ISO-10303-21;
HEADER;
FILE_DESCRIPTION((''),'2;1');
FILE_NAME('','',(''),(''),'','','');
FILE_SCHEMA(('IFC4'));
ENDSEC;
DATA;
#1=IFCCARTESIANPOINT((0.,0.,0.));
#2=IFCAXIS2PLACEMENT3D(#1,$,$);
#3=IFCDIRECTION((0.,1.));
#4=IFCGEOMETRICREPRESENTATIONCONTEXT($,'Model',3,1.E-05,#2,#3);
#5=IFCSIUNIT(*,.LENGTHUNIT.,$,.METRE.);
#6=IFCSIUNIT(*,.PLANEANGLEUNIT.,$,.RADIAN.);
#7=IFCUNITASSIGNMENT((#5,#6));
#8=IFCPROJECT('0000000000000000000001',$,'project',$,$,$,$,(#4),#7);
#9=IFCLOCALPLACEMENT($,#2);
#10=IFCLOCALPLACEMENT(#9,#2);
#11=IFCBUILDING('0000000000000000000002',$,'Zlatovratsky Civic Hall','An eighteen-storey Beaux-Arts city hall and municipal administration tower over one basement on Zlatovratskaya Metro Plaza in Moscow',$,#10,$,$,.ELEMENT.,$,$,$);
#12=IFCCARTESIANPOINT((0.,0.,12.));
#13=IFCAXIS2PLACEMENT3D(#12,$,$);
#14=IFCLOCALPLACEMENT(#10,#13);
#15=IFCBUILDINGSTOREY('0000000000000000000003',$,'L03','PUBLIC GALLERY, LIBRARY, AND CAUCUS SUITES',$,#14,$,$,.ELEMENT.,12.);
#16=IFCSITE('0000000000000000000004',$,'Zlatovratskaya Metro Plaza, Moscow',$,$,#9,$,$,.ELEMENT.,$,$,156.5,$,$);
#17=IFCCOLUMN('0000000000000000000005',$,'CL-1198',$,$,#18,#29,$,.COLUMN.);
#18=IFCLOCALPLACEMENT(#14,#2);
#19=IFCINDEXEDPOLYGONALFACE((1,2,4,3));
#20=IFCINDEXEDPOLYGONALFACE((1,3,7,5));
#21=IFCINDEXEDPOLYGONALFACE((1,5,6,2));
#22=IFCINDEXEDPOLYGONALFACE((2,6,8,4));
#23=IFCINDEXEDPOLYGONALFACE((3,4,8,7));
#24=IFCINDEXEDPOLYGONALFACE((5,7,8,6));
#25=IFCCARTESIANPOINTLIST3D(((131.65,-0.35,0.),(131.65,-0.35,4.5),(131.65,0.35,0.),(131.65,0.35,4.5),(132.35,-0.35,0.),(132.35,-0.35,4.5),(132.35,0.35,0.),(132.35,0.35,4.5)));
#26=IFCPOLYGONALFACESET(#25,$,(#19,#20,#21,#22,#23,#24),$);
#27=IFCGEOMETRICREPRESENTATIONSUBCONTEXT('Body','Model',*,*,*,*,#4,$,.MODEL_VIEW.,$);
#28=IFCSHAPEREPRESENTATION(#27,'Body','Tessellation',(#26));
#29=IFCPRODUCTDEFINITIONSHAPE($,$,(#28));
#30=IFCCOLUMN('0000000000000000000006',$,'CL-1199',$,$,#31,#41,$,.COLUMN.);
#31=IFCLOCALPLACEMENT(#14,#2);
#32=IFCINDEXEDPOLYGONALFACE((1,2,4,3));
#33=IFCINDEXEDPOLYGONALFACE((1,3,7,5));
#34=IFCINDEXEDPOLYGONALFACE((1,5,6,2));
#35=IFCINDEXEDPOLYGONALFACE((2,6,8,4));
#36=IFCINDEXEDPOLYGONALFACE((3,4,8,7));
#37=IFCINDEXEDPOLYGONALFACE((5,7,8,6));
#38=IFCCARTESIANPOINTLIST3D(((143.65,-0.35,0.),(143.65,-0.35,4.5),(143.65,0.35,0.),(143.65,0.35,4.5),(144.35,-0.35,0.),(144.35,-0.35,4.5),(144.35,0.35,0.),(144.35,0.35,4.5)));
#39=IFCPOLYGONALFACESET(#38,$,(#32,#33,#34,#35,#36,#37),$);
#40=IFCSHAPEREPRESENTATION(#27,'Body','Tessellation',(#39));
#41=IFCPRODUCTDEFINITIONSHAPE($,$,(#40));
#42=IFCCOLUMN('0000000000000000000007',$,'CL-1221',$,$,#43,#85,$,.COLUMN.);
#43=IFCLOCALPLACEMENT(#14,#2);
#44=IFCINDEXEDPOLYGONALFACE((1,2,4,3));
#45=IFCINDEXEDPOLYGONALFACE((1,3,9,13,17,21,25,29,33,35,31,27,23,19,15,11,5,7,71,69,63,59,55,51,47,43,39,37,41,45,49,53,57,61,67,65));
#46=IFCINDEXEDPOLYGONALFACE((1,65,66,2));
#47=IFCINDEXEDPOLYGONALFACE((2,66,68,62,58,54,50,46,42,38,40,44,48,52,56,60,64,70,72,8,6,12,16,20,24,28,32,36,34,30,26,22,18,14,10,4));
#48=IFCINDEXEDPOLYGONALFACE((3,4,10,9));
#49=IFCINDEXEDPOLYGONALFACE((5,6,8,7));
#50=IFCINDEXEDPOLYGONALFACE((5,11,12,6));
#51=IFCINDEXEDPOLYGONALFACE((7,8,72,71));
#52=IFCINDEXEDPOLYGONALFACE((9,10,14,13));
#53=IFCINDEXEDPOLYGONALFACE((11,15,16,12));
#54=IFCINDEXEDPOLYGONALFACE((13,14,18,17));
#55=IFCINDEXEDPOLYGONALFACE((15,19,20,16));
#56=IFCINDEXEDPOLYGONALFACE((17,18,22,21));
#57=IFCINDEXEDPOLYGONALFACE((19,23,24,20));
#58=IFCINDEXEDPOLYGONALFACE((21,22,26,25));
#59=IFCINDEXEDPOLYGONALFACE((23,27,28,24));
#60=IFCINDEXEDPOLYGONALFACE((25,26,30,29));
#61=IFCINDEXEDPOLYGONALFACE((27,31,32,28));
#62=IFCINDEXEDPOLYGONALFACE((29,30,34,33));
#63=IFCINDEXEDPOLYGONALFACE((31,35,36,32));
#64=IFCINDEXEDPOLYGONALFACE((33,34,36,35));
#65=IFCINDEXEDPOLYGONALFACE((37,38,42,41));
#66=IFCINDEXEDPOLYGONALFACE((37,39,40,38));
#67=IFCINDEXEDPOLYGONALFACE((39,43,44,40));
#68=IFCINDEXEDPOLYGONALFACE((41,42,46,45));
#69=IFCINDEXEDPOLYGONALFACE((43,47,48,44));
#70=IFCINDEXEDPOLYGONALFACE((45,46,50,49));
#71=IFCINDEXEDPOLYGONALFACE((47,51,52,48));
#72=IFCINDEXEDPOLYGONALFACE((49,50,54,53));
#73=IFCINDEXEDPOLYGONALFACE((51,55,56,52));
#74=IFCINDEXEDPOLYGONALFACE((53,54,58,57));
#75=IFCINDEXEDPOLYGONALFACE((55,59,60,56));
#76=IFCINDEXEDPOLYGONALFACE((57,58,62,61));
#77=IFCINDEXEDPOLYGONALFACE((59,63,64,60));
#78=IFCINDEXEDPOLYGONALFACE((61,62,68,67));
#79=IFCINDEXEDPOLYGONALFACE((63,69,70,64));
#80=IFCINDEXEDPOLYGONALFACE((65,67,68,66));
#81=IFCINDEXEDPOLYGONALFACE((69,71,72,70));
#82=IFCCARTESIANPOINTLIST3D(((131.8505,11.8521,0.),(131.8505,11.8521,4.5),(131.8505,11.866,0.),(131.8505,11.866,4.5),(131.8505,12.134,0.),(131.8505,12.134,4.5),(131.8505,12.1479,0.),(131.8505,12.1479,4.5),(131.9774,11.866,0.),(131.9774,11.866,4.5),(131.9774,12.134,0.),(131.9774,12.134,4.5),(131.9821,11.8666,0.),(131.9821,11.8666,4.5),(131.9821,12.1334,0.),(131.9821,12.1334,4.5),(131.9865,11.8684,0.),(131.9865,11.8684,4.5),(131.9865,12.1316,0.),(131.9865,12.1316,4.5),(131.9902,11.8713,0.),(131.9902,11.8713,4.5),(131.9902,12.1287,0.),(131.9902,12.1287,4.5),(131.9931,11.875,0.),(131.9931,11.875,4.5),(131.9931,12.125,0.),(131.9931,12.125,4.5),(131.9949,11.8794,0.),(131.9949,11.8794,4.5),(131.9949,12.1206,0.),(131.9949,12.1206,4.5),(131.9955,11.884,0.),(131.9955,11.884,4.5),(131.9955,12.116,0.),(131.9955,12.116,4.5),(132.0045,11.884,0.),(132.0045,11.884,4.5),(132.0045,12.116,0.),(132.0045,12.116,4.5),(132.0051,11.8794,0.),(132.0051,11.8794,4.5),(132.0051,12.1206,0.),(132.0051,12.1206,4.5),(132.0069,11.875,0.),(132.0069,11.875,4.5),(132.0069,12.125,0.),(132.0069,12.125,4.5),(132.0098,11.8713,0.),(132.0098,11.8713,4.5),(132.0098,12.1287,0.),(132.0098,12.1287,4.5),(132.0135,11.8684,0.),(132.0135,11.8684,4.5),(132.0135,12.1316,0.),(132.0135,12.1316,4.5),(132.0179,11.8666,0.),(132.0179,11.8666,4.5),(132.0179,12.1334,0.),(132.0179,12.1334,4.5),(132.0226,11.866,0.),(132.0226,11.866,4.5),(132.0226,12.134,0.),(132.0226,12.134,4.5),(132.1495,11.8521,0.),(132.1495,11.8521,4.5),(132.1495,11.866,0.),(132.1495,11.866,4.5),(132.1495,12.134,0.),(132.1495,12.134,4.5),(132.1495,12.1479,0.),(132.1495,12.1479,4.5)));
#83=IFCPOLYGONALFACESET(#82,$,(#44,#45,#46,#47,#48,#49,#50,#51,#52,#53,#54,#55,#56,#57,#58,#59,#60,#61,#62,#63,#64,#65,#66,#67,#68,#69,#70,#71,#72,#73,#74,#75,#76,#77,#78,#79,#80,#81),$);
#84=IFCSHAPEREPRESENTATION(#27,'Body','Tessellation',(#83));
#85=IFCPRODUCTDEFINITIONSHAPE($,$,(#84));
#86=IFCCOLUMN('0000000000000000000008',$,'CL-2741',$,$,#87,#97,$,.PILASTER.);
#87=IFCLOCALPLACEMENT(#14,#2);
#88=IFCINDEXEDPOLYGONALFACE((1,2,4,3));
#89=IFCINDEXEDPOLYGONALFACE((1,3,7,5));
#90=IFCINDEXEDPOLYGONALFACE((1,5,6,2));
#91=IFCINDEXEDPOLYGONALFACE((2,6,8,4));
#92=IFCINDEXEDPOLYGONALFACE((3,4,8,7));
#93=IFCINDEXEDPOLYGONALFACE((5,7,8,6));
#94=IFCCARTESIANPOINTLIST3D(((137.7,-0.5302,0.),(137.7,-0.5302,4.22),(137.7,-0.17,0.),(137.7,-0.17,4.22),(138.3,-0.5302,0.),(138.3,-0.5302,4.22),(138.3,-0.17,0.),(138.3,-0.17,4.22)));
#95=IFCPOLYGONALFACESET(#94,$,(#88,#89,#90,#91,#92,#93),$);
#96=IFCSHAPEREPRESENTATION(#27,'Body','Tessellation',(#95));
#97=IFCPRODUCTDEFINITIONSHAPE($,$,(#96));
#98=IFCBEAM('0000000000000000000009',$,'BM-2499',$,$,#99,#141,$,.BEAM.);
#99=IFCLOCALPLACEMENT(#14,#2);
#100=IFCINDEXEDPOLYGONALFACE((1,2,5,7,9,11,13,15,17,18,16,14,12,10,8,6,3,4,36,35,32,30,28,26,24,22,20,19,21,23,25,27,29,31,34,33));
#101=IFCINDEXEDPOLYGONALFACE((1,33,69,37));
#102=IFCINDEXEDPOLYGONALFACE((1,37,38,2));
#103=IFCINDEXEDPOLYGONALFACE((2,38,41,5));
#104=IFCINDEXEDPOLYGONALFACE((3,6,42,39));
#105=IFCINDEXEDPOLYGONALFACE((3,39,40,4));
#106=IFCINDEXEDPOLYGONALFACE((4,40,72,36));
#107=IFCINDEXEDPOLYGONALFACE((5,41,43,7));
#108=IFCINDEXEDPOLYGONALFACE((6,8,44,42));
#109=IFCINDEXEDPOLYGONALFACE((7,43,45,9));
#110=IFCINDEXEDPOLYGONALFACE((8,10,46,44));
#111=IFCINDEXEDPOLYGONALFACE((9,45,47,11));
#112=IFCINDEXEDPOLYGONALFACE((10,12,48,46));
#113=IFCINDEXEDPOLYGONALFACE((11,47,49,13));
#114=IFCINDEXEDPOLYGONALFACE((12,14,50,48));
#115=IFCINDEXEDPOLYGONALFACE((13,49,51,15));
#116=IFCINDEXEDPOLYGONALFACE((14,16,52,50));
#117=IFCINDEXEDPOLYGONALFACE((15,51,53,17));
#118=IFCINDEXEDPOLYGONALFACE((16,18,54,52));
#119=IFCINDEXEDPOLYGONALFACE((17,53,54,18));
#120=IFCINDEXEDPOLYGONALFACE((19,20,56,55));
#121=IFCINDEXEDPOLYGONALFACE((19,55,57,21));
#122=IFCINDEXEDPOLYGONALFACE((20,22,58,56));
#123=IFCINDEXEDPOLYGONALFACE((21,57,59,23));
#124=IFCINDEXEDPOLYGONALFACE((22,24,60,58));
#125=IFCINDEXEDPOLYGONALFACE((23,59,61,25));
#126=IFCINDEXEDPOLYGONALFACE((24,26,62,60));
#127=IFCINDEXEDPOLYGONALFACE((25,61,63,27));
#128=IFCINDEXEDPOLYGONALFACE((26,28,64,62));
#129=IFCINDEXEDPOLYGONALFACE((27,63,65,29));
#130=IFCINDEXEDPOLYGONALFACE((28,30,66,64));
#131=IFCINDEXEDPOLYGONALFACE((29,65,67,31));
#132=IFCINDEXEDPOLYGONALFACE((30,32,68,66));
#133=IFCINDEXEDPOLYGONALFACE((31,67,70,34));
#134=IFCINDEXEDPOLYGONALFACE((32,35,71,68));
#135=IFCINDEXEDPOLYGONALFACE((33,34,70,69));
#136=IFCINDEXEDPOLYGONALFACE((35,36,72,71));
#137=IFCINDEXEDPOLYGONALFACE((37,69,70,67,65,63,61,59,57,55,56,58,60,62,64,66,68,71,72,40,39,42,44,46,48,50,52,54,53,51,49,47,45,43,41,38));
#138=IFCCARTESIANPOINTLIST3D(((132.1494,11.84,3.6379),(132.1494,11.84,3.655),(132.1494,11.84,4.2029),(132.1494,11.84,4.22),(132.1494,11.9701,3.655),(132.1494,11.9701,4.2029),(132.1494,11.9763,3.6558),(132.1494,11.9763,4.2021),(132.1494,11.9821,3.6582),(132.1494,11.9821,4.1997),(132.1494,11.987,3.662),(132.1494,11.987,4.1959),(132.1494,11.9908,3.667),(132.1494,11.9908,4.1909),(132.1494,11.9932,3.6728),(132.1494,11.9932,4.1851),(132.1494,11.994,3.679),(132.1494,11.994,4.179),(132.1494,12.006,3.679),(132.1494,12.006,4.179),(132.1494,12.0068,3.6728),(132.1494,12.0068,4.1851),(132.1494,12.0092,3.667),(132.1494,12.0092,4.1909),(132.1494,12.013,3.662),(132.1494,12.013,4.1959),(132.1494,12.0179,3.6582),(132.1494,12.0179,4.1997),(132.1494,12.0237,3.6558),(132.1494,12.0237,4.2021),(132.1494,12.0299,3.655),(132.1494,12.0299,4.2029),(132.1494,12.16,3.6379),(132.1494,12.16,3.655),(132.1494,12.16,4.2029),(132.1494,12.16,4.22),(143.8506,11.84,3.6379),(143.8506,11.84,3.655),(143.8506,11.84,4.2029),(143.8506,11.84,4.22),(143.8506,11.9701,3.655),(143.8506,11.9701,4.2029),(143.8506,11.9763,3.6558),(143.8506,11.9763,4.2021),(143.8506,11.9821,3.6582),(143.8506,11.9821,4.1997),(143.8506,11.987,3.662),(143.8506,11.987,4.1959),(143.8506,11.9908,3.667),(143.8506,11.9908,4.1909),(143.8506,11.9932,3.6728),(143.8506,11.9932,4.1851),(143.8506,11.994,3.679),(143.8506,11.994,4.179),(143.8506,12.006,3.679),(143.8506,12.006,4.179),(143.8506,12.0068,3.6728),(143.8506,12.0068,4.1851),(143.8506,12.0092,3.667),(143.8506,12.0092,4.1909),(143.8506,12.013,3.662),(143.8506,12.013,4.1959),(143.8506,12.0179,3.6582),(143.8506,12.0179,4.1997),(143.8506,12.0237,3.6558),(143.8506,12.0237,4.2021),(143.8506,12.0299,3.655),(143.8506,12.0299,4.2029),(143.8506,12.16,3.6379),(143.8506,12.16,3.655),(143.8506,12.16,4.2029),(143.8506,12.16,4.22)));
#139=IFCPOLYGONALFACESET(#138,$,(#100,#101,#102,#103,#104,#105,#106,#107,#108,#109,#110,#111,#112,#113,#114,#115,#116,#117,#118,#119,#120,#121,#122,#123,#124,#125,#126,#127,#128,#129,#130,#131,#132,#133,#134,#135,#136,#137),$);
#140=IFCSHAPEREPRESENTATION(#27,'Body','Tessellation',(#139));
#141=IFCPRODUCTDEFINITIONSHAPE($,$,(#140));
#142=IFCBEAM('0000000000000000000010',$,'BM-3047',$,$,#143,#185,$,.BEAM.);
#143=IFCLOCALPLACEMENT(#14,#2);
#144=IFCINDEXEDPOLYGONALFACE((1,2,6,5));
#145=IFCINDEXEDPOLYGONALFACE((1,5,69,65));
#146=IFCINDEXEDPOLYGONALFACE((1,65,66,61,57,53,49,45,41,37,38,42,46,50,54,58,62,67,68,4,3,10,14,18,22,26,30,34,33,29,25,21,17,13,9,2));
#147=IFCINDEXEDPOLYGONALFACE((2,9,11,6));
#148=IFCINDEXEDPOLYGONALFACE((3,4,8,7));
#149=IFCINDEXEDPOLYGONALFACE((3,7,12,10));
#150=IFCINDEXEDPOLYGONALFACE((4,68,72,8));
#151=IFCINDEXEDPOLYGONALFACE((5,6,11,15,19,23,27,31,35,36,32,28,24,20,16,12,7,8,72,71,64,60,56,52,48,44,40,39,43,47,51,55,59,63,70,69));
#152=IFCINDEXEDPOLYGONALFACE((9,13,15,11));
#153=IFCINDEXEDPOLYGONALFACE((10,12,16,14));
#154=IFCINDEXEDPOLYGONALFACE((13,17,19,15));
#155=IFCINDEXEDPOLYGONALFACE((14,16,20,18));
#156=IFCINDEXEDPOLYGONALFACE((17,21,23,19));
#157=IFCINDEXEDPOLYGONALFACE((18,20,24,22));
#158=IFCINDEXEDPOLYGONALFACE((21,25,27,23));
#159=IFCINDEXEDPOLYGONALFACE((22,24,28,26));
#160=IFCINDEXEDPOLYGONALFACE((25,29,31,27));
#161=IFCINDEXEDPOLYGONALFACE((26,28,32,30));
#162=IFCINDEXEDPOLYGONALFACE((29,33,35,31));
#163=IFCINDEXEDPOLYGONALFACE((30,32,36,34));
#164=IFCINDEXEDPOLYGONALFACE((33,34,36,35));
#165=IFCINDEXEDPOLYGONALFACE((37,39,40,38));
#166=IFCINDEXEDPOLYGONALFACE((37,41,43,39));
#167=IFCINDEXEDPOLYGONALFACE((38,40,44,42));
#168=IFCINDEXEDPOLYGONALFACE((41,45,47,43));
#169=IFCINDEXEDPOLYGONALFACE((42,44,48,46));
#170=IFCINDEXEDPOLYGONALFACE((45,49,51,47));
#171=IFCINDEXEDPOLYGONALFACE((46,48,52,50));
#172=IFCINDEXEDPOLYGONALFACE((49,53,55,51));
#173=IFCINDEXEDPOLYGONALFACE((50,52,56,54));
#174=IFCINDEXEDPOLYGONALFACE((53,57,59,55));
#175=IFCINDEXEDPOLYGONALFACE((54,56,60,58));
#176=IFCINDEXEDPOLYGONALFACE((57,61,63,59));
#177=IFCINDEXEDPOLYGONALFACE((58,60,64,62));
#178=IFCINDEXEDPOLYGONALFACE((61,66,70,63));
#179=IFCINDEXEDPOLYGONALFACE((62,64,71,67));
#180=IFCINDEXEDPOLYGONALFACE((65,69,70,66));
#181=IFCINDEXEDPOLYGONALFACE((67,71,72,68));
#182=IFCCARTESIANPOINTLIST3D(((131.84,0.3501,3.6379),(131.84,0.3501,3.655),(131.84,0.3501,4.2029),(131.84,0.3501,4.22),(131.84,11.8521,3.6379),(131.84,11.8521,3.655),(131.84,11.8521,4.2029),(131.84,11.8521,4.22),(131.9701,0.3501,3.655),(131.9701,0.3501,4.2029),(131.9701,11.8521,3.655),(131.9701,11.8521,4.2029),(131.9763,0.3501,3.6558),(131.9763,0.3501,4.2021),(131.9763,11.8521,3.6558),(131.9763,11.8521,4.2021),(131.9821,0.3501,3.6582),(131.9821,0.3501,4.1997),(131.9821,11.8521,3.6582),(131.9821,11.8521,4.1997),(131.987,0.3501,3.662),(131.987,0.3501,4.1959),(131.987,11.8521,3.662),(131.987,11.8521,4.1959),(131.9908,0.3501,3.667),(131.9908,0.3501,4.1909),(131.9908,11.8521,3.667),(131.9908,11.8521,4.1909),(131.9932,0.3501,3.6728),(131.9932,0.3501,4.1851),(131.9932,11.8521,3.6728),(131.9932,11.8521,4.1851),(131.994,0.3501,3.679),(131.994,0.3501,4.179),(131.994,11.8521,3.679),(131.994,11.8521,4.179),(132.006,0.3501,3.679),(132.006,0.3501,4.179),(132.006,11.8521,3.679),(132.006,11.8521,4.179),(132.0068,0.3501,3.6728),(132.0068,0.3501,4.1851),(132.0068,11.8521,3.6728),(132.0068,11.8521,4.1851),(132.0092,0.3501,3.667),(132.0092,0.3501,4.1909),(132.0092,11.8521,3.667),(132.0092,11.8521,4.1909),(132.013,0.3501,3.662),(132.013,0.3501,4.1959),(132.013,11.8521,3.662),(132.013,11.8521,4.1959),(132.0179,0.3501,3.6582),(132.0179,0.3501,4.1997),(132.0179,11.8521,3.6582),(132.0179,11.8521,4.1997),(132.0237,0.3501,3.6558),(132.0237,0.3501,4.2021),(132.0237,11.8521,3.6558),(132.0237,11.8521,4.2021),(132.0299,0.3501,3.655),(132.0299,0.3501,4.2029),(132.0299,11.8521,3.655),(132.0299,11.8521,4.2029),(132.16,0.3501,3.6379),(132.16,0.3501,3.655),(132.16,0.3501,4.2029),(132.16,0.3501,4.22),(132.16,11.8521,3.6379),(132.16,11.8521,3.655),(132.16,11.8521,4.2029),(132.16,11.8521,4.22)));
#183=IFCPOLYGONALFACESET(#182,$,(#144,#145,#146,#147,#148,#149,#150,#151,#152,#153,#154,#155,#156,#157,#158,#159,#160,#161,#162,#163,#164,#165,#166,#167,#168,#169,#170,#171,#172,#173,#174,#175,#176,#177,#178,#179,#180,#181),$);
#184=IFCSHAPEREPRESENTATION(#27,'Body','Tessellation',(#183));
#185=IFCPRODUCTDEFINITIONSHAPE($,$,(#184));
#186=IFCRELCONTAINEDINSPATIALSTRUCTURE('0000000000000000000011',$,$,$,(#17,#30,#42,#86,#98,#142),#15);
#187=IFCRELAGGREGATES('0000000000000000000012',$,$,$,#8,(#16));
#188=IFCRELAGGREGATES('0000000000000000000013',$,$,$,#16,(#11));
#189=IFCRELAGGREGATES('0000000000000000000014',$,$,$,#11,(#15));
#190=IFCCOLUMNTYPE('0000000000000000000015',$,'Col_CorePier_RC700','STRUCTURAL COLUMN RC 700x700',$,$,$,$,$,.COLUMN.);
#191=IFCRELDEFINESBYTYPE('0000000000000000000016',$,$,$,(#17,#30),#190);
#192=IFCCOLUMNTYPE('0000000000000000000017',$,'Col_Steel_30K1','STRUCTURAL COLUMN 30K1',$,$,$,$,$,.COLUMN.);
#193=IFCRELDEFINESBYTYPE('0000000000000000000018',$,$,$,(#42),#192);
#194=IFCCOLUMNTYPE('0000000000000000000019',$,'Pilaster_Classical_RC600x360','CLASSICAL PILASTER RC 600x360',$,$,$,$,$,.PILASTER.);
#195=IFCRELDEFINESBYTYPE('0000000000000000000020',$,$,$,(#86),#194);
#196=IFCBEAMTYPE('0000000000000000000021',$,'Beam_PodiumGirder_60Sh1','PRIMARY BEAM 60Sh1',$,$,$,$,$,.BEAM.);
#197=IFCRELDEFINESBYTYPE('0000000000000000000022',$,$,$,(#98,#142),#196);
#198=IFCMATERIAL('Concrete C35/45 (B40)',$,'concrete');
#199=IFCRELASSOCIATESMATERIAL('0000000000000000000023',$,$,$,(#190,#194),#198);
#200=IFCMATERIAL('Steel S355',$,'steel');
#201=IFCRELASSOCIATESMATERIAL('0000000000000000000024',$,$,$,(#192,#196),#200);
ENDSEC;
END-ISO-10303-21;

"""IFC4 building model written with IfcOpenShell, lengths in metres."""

from ifc_helpers import new_model, si_unit, direction, frame, origin, origin_2d, place, context, subcontext, project, spatial, rectangle, i_section, extrude, material, material_profile, profile_set, type_object, element, save


model = new_model("IFC4")

# Units and contexts
model_context = context("Model", 3, precision=1e-05, world=origin(), true_north=direction((0.0, 1.0)))
body_context = subcontext(model_context, "Body", "Model", "MODEL_VIEW")
ifc_project = project(units=[si_unit("LENGTHUNIT", "METRE"), si_unit("PLANEANGLEUNIT", "RADIAN")], contexts=[model_context])

# Site, building, storey
site_placement = place(None, origin())
site = spatial("IfcSite", under=ifc_project, at=site_placement, Name="Zlatovratskaya Metro Plaza, Moscow", CompositionType="ELEMENT", RefElevation=156.5)
building_placement = place(site_placement, origin())
building = spatial("IfcBuilding", under=site, at=building_placement, Name="Zlatovratsky Civic Hall", Description="An eighteen-storey Beaux-Arts city hall and municipal administration tower over one basement on Zlatovratskaya Metro Plaza in Moscow", CompositionType="ELEMENT")
storey_placement = place(building_placement, frame((0.0, 0.0, 12.0)))
storey = spatial("IfcBuildingStorey", under=building, at=storey_placement, Name="L03", Description="PUBLIC GALLERY, LIBRARY, AND CAUCUS SUITES", CompositionType="ELEMENT", Elevation=12.0)

# Columns
ifc_material_1 = material(Name="Concrete C35/45 (B40)", Category="concrete")
ifc_material_profile_1 = material_profile(ifc_material_1, rectangle(XDim=0.7, YDim=0.7, at=origin_2d()), Name="RC 700x700")
ifc_profile_set_1 = profile_set([ifc_material_profile_1], Name="Concrete C35/45 (B40)")
column_type_1 = type_object("IfcColumnType", Name="Col_CorePier_RC700", Description="STRUCTURAL COLUMN RC 700x700", PredefinedType="COLUMN", material=ifc_profile_set_1)
for number, where, z_axis, x_axis, name in (
    (1, (132.0, 0.0, 0.0), (0.0, 0.0, 1.0), (1.0, 0.0, 0.0), "CL-1198"),
    (2, (144.0, 0.0, 0.0), (0.0, 0.0, 1.0), (1.0, 0.0, 0.0), "CL-1199"),
):
    element("IfcColumn", number, at=place(storey_placement, frame(where, z_axis=z_axis, x_axis=x_axis)), inside=storey, type_object=column_type_1, Name=name, PredefinedType="COLUMN", context=body_context, shape_type="SweptSolid", body=[
        extrude(rectangle(XDim=0.7, YDim=0.7, at=origin_2d()), origin(), (0.0, 0.0, 1.0), 4.5),
    ])
ifc_material_2 = material(Name="Steel S355", Category="steel")
ifc_material_profile_2 = material_profile(ifc_material_2, i_section(OverallWidth=0.2991, OverallDepth=0.2959, WebThickness=0.009, FlangeThickness=0.0139, FilletRadius=0.0181, at=origin_2d()), Name="30K1")
ifc_profile_set_2 = profile_set([ifc_material_profile_2], Name="Steel S355")
column_type_2 = type_object("IfcColumnType", Name="Col_Steel_30K1", Description="STRUCTURAL COLUMN 30K1", PredefinedType="COLUMN", material=ifc_profile_set_2)
column_1_placement = place(storey_placement, frame((132.0, 12.0, 0.0), z_axis=(0.0, 0.0, 1.0), x_axis=(1.0, 0.0, 0.0)))
element("IfcColumn", 3, at=column_1_placement, inside=storey, type_object=column_type_2, Name="CL-1221", PredefinedType="COLUMN", context=body_context, shape_type="SweptSolid", body=[
    extrude(i_section(OverallWidth=0.2991, OverallDepth=0.2959, WebThickness=0.009, FlangeThickness=0.0139, FilletRadius=0.0181, at=origin_2d()), origin(), (0.0, 0.0, 1.0), 4.5),
])
ifc_material_profile_3 = material_profile(ifc_material_1, rectangle(XDim=0.6001, YDim=0.3601, at=origin_2d()), Name="RC 600x360")
ifc_profile_set_3 = profile_set([ifc_material_profile_3], Name="Concrete C35/45 (B40)")
column_type_3 = type_object("IfcColumnType", Name="Pilaster_Classical_RC600x360", Description="CLASSICAL PILASTER RC 600x360", PredefinedType="PILASTER", material=ifc_profile_set_3)
column_2_placement = place(storey_placement, frame((138.0, -0.3501, 0.0), z_axis=(0.0, 0.0, 1.0), x_axis=(1.0, 0.0, 0.0)))
element("IfcColumn", 4, at=column_2_placement, inside=storey, type_object=column_type_3, Name="CL-2741", PredefinedType="PILASTER", context=body_context, shape_type="SweptSolid", body=[
    extrude(rectangle(XDim=0.6001, YDim=0.3601, at=origin_2d()), origin(), (0.0, 0.0, 1.0), 4.22),
])

# Beams
ifc_material_profile_4 = material_profile(ifc_material_2, i_section(OverallWidth=0.3201, OverallDepth=0.582, WebThickness=0.012, FlangeThickness=0.0171, FilletRadius=0.0239, at=origin_2d()), Name="60Sh1")
ifc_profile_set_4 = profile_set([ifc_material_profile_4], Name="Steel S355")
beam_type_1 = type_object("IfcBeamType", Name="Beam_PodiumGirder_60Sh1", Description="PRIMARY BEAM 60Sh1", PredefinedType="BEAM", material=ifc_profile_set_4)
beam_1_placement = place(storey_placement, frame((132.1494, 12.0, 3.929), z_axis=(1.0, 0.0, 0.0), x_axis=(0.0, 1.0, 0.0)))
element("IfcBeam", 5, at=beam_1_placement, inside=storey, type_object=beam_type_1, Name="BM-2499", PredefinedType="BEAM", context=body_context, shape_type="SweptSolid", body=[
    extrude(i_section(OverallWidth=0.3201, OverallDepth=0.582, WebThickness=0.012, FlangeThickness=0.0171, FilletRadius=0.0239, at=origin_2d()), origin(), (0.0, 0.0, 1.0), 11.7012),
])
beam_2_placement = place(storey_placement, frame((132.0, 0.3501, 3.929), z_axis=(0.0, 1.0, 0.0), x_axis=(-1.0, 0.0, 0.0)))
element("IfcBeam", 6, at=beam_2_placement, inside=storey, type_object=beam_type_1, Name="BM-3047", PredefinedType="BEAM", context=body_context, shape_type="SweptSolid", body=[
    extrude(i_section(OverallWidth=0.3201, OverallDepth=0.582, WebThickness=0.012, FlangeThickness=0.0171, FilletRadius=0.0239, at=origin_2d()), origin(), (0.0, 0.0, 1.0), 11.502),
])

save(model, "model.ifc")
